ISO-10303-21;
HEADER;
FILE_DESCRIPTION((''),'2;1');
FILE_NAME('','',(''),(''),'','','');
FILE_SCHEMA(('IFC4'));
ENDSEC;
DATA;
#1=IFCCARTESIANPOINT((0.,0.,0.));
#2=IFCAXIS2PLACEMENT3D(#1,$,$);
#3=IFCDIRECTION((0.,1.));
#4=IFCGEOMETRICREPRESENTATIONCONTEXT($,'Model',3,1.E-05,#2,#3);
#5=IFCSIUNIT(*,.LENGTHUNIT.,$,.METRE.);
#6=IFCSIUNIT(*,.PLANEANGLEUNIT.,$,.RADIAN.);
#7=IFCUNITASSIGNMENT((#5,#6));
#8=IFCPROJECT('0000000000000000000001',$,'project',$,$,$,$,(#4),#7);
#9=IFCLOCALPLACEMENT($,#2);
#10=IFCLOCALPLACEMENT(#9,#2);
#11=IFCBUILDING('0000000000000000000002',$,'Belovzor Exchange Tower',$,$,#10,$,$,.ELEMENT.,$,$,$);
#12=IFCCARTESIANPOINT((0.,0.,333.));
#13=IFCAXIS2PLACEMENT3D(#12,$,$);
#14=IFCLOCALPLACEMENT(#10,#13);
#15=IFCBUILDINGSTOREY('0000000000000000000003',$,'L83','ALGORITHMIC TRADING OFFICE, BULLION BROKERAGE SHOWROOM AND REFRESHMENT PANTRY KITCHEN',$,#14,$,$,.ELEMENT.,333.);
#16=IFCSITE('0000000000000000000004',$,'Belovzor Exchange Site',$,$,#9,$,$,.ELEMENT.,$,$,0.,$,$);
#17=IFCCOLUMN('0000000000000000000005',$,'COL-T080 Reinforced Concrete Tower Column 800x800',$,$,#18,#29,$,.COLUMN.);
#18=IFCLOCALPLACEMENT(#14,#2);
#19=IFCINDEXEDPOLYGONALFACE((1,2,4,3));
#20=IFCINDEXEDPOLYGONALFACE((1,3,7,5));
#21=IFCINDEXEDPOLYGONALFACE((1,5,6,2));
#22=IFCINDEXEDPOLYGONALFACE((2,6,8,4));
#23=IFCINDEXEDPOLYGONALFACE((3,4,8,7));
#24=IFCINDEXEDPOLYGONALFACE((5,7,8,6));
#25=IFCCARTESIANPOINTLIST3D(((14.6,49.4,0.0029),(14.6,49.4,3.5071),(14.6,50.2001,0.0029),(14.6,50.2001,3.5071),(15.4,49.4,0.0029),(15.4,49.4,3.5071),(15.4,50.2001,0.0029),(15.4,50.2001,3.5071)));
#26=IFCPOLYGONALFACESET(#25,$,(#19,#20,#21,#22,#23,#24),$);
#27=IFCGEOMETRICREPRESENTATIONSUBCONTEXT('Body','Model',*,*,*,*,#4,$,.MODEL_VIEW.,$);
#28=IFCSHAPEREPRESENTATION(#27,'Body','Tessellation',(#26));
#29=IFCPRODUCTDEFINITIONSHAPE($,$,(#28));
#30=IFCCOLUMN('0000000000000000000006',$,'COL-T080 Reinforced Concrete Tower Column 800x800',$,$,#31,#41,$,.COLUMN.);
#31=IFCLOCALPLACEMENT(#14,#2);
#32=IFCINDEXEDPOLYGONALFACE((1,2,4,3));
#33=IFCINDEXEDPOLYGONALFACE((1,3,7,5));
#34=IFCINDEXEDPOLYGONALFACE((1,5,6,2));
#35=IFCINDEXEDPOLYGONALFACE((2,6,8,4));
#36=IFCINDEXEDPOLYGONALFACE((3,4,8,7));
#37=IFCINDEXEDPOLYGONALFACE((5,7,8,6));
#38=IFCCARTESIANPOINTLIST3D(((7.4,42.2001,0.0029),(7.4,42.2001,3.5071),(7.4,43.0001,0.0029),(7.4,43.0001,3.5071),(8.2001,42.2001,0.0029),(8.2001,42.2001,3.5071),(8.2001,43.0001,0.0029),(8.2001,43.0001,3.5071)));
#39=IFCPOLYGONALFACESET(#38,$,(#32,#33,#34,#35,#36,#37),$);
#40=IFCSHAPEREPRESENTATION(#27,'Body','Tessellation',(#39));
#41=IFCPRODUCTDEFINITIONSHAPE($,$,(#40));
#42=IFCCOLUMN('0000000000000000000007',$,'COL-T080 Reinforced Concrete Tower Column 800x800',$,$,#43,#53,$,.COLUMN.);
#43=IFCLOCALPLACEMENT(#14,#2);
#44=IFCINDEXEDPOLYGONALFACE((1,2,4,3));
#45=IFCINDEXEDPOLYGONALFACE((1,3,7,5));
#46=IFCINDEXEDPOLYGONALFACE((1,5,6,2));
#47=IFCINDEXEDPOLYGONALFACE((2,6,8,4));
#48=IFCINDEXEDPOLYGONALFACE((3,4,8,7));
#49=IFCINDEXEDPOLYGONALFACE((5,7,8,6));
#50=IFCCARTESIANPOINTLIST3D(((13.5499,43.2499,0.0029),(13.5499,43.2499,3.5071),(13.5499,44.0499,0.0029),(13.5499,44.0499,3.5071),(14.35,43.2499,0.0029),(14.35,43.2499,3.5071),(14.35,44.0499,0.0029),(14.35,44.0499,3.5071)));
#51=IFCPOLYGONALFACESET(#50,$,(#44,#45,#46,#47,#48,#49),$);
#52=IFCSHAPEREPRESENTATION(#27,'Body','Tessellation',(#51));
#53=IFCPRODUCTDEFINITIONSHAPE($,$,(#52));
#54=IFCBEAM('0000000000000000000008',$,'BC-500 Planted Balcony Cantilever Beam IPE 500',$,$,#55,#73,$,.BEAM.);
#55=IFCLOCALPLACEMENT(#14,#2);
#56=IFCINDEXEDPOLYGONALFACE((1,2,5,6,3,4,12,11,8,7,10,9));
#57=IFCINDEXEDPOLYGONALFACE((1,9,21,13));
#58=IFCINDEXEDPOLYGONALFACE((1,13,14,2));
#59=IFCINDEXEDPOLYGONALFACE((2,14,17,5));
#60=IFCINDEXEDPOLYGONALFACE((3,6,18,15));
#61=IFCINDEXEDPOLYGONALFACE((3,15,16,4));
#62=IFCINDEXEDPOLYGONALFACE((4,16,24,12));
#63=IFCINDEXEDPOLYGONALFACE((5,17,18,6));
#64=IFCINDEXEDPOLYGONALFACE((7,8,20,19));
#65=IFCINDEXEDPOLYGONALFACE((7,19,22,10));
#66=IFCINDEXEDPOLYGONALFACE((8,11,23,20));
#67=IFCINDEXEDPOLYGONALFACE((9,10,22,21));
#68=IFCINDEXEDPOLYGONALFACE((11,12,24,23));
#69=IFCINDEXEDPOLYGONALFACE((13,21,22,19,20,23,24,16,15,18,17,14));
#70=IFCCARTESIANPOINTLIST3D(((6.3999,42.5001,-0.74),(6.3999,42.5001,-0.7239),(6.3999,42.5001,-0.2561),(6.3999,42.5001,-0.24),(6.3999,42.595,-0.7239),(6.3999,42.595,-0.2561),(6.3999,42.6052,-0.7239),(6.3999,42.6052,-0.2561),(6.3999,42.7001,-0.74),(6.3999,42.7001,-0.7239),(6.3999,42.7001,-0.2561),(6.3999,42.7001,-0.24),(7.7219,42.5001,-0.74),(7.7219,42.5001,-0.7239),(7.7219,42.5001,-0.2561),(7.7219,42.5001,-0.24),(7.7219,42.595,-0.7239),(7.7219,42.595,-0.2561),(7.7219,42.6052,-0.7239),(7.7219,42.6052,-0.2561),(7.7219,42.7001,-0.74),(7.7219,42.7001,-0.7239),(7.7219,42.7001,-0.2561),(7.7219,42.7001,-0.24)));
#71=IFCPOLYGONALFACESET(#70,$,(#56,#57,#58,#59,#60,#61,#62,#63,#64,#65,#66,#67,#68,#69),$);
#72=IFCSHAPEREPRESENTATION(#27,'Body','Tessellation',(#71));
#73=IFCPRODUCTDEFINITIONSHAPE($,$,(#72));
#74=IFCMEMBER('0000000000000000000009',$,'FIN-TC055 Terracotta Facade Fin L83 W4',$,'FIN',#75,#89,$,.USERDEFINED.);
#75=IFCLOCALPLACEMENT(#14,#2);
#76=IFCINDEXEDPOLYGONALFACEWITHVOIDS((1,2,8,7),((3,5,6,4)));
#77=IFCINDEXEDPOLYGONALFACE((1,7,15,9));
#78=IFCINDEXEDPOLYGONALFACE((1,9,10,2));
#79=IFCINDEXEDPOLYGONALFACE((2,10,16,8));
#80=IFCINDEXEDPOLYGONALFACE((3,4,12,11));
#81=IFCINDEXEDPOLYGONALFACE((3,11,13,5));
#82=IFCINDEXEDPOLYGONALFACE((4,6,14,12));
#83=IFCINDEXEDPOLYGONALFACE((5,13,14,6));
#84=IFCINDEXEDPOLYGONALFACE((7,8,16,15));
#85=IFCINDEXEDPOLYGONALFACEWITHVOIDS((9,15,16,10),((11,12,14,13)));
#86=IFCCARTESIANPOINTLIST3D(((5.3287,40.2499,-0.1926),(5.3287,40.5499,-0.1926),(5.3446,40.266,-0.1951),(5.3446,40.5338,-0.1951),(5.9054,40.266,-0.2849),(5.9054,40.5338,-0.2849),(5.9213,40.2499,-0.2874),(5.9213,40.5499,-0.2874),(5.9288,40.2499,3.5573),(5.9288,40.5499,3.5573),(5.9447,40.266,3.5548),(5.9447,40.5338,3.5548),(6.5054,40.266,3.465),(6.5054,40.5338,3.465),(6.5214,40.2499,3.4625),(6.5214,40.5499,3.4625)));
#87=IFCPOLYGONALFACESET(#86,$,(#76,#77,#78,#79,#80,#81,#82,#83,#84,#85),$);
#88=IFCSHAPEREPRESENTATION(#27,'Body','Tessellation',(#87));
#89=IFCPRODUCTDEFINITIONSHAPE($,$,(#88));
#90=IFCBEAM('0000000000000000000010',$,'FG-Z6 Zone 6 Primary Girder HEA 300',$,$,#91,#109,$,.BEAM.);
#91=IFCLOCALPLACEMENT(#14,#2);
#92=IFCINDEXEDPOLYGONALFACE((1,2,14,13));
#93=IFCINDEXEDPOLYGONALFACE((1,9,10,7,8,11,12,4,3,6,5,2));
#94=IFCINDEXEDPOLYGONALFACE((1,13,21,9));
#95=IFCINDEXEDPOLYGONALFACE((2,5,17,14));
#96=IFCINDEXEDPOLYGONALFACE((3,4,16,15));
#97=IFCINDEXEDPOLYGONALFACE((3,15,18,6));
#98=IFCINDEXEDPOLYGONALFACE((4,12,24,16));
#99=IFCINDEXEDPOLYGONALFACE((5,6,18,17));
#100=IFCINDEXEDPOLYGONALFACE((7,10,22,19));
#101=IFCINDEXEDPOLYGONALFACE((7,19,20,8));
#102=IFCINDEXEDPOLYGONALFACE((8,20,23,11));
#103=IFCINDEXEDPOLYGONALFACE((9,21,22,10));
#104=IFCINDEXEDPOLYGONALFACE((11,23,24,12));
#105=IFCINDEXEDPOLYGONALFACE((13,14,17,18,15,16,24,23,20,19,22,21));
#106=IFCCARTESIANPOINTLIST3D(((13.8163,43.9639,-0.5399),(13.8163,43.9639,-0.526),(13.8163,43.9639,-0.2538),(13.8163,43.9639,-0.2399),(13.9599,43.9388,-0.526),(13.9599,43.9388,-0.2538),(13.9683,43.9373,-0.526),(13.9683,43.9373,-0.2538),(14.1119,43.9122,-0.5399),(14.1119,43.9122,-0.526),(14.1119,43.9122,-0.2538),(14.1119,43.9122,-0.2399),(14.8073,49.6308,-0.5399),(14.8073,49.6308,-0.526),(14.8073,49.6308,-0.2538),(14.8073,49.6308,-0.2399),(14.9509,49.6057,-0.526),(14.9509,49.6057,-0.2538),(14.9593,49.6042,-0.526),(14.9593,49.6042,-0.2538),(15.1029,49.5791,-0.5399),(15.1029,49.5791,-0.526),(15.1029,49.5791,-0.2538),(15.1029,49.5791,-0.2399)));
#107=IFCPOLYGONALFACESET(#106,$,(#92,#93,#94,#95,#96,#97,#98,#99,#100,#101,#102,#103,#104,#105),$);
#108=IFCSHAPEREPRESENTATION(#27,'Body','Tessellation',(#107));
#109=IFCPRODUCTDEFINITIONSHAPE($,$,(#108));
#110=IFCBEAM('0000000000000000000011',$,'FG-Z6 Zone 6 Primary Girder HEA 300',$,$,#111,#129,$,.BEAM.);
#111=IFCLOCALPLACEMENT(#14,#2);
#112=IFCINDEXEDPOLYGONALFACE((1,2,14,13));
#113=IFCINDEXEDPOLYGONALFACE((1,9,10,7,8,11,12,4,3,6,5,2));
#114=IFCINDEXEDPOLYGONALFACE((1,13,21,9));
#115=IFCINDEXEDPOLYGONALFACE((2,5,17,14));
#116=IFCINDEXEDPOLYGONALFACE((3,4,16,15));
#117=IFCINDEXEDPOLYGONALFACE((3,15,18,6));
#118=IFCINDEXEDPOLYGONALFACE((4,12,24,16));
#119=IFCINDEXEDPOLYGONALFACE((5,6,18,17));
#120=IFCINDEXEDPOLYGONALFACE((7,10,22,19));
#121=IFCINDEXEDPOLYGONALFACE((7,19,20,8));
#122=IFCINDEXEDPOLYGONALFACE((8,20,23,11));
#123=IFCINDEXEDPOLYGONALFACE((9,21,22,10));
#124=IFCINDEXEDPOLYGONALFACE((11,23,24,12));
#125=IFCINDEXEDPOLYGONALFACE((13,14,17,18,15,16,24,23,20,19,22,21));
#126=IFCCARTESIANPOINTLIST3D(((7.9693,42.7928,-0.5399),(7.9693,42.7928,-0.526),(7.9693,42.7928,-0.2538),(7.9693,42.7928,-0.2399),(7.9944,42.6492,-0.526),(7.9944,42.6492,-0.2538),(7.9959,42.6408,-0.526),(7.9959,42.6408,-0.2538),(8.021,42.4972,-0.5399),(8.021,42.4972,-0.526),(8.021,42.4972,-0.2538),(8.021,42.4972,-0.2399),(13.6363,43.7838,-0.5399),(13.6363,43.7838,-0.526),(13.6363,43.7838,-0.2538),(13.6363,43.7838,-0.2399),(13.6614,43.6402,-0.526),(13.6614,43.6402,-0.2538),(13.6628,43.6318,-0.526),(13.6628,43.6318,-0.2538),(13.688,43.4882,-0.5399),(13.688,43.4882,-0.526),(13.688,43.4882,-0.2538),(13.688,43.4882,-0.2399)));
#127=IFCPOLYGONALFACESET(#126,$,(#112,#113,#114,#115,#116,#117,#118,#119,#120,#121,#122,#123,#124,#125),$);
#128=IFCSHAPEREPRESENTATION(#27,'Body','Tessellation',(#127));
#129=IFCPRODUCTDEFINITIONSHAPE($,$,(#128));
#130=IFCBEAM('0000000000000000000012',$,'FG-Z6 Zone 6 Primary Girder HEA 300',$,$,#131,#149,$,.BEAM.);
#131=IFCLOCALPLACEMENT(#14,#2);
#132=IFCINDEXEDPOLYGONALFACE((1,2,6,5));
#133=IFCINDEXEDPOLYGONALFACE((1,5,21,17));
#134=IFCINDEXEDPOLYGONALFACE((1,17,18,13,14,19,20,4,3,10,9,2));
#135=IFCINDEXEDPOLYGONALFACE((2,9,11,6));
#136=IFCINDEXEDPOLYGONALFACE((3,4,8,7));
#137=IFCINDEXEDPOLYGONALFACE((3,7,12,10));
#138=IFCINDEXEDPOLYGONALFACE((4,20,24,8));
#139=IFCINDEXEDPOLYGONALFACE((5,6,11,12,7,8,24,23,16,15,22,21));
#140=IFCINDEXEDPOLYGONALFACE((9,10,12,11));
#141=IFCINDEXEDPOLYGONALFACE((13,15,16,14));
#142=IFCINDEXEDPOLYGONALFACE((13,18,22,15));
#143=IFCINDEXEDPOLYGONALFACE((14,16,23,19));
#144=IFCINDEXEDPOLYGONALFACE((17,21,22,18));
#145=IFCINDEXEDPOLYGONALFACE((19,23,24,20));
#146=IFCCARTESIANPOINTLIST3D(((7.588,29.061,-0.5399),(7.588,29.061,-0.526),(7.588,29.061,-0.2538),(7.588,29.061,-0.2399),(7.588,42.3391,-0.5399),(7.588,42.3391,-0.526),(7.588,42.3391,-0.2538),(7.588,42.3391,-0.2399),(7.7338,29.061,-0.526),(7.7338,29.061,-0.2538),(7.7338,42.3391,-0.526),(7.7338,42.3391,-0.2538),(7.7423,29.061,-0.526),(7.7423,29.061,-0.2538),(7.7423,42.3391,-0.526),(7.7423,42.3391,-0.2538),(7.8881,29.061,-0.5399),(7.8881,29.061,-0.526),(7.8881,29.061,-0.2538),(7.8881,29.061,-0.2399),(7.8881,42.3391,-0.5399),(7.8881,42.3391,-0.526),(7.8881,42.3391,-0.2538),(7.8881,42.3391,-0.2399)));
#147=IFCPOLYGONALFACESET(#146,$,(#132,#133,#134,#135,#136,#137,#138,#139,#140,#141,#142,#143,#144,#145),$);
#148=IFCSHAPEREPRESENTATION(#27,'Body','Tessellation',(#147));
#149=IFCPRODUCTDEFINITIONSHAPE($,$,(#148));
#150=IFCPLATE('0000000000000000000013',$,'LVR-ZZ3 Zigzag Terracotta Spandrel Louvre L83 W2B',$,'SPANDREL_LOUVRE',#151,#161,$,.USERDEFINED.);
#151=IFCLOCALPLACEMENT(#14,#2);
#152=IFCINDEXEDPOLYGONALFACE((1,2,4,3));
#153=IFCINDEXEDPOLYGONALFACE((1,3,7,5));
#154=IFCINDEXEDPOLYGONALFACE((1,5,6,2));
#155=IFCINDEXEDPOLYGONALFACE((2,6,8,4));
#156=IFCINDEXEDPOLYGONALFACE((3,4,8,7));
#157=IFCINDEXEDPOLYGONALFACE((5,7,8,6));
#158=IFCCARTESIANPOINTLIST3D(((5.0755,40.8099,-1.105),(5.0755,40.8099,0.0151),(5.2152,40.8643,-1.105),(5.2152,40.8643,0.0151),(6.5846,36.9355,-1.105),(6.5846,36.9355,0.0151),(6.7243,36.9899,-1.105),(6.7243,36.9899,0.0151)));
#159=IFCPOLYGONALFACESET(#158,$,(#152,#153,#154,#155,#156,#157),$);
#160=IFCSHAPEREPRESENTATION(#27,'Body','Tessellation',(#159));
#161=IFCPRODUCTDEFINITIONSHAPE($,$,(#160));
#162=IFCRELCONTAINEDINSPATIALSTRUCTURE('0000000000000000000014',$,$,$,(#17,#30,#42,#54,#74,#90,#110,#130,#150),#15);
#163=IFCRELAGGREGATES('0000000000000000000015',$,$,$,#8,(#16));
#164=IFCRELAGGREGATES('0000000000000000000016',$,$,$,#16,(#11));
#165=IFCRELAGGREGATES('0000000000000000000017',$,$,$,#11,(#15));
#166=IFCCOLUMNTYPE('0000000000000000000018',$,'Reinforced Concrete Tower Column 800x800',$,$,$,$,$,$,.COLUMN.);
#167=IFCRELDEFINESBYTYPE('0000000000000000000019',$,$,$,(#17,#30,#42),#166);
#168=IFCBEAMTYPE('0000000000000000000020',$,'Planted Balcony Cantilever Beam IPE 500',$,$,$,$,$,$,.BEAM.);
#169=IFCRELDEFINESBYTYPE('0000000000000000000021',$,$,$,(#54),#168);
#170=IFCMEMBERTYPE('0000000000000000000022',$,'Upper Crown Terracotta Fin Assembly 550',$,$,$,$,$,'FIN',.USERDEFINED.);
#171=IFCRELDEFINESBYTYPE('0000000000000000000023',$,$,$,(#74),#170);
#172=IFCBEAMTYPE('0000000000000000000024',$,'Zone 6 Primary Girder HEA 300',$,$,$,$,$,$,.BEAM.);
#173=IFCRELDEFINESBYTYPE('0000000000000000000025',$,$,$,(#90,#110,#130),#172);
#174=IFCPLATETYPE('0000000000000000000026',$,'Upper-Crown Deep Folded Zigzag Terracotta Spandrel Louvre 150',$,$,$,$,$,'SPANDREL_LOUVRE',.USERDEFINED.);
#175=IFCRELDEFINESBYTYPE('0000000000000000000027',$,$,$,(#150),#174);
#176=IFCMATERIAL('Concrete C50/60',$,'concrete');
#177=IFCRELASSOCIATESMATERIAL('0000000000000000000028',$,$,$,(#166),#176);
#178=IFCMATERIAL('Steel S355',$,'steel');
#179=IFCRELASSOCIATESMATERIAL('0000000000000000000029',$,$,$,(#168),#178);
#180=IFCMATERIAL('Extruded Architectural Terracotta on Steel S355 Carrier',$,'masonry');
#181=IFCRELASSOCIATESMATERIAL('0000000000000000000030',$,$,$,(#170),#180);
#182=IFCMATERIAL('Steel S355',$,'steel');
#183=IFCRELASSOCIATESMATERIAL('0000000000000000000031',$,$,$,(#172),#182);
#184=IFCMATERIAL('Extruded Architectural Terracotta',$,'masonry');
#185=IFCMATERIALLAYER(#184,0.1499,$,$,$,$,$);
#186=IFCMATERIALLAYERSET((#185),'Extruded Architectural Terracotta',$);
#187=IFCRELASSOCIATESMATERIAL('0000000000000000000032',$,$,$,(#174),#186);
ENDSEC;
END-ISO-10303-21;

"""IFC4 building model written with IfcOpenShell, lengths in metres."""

from ifc_helpers import new_model, si_unit, direction, frame, origin, origin_2d, place, context, subcontext, project, spatial, rectangle, hollow_rectangle, i_section, extrude, material, layer, layer_set, material_profile, profile_set, type_object, element, save


model = new_model("IFC4")

# Units and contexts
model_context = context("Model", 3, precision=1e-05, world=origin(), true_north=direction((0.0, 1.0)))
body_context = subcontext(model_context, "Body", "Model", "MODEL_VIEW")
ifc_project = project(units=[si_unit("LENGTHUNIT", "METRE"), si_unit("PLANEANGLEUNIT", "RADIAN")], contexts=[model_context])

# Site, building, storey
site_placement = place(None, origin())
site = spatial("IfcSite", under=ifc_project, at=site_placement, Name="Belovzor Exchange Site", CompositionType="ELEMENT", RefElevation=0.0)
building_placement = place(site_placement, origin())
building = spatial("IfcBuilding", under=site, at=building_placement, Name="Belovzor Exchange Tower", CompositionType="ELEMENT")
storey_placement = place(building_placement, frame((0.0, 0.0, 333.0)))
storey = spatial("IfcBuildingStorey", under=building, at=storey_placement, Name="L83", Description="ALGORITHMIC TRADING OFFICE, BULLION BROKERAGE SHOWROOM AND REFRESHMENT PANTRY KITCHEN", CompositionType="ELEMENT", Elevation=333.0)

# Columns
ifc_material_1 = material(Name="Concrete C50/60", Category="concrete")
ifc_material_profile_1 = material_profile(ifc_material_1, rectangle(XDim=0.8, YDim=0.8, at=origin_2d()))
ifc_profile_set_1 = profile_set([ifc_material_profile_1], Name="Concrete C50/60")
column_type = type_object("IfcColumnType", Name="Reinforced Concrete Tower Column 800x800", PredefinedType="COLUMN", material=ifc_profile_set_1)
for number, where, z_axis, x_axis, name in (
    (1, (15.0, 49.8, 0.0029), (0.0, 0.0, 1.0), (1.0, 0.0, 0.0), "COL-T080 Reinforced Concrete Tower Column 800x800"),
    (2, (7.8, 42.6001, 0.0029), (0.0, 0.0, 1.0), (1.0, 0.0, 0.0), "COL-T080 Reinforced Concrete Tower Column 800x800"),
    (3, (13.95, 43.6499, 0.0029), (0.0, 0.0, 1.0), (1.0, 0.0, 0.0), "COL-T080 Reinforced Concrete Tower Column 800x800"),
):
    element("IfcColumn", number, at=place(storey_placement, frame(where, z_axis=z_axis, x_axis=x_axis)), inside=storey, type_object=column_type, Name=name, PredefinedType="COLUMN", context=body_context, shape_type="SweptSolid", body=[
        extrude(rectangle(XDim=0.8, YDim=0.8, at=origin_2d()), origin(), (0.0, 0.0, 1.0), 3.5042),
    ])

# Beam
ifc_material_2 = material(Name="Steel S355", Category="steel")
ifc_material_profile_2 = material_profile(ifc_material_2, i_section(OverallWidth=0.2, OverallDepth=0.5, WebThickness=0.0103, FlangeThickness=0.0161, at=origin_2d()))
ifc_profile_set_2 = profile_set([ifc_material_profile_2], Name="Steel S355")
beam_type_1 = type_object("IfcBeamType", Name="Planted Balcony Cantilever Beam IPE 500", PredefinedType="BEAM", material=ifc_profile_set_2)
beam_1_placement = place(storey_placement, frame((7.7219, 42.6001, -0.49), z_axis=(-1.0, 0.0, 0.0), x_axis=(0.0, -1.0, 0.0)))
element("IfcBeam", 4, at=beam_1_placement, inside=storey, type_object=beam_type_1, Name="BC-500 Planted Balcony Cantilever Beam IPE 500", PredefinedType="BEAM", context=body_context, shape_type="SweptSolid", body=[
    extrude(i_section(OverallWidth=0.2, OverallDepth=0.5, WebThickness=0.0103, FlangeThickness=0.0161, at=origin_2d()), origin(), (0.0, 0.0, 1.0), 1.322),
])

# Member
ifc_material_3 = material(Name="Extruded Architectural Terracotta on Steel S355 Carrier", Category="masonry")
ifc_material_profile_3 = material_profile(ifc_material_3, hollow_rectangle(XDim=0.3, YDim=0.6001, WallThickness=0.0161, at=origin_2d()))
ifc_profile_set_3 = profile_set([ifc_material_profile_3], Name="Extruded Architectural Terracotta on Steel S355 Carrier")
member_type = type_object("IfcMemberType", Name="Upper Crown Terracotta Fin Assembly 550", ElementType="FIN", PredefinedType="USERDEFINED", material=ifc_profile_set_3)
member_placement = place(storey_placement, frame((5.625, 40.3999, -0.24), z_axis=(0.158016, 0.0, 0.987437), x_axis=(0.0, 1.0, 0.0)))
element("IfcMember", 5, at=member_placement, inside=storey, type_object=member_type, Name="FIN-TC055 Terracotta Facade Fin L83 W4", ObjectType="FIN", PredefinedType="USERDEFINED", context=body_context, shape_type="SweptSolid", body=[
    extrude(hollow_rectangle(XDim=0.3, YDim=0.6001, WallThickness=0.0161, at=origin_2d()), origin(), (0.0, 0.0, 1.0), 3.7976),
])

# Beams
ifc_material_4 = material(Name="Steel S355", Category="steel")
ifc_material_profile_4 = material_profile(ifc_material_4, i_section(OverallWidth=0.3, OverallDepth=0.3, WebThickness=0.0085, FlangeThickness=0.0139, at=origin_2d()))
ifc_profile_set_4 = profile_set([ifc_material_profile_4], Name="Steel S355")
beam_type_2 = type_object("IfcBeamType", Name="Zone 6 Primary Girder HEA 300", PredefinedType="BEAM", material=ifc_profile_set_4)
for number, where, z_axis, x_axis, name in (
    (6, (14.9551, 49.605, -0.3899), (-0.172253, -0.985053, 0.0), (0.985053, -0.172253, 0.0), "FG-Z6 Zone 6 Primary Girder HEA 300"),
    (7, (13.6621, 43.636, -0.3899), (-0.985053, -0.172253, 0.0), (0.172253, -0.985053, 0.0), "FG-Z6 Zone 6 Primary Girder HEA 300"),
):
    element("IfcBeam", number, at=place(storey_placement, frame(where, z_axis=z_axis, x_axis=x_axis)), inside=storey, type_object=beam_type_2, Name=name, PredefinedType="BEAM", context=body_context, shape_type="SweptSolid", body=[
        extrude(i_section(OverallWidth=0.3, OverallDepth=0.3, WebThickness=0.0085, FlangeThickness=0.0139, at=origin_2d()), origin(), (0.0, 0.0, 1.0), 5.7529),
    ])
beam_2_placement = place(storey_placement, frame((7.738, 42.3391, -0.3899), z_axis=(0.0, -1.0, 0.0), x_axis=(1.0, 0.0, 0.0)))
element("IfcBeam", 8, at=beam_2_placement, inside=storey, type_object=beam_type_2, Name="FG-Z6 Zone 6 Primary Girder HEA 300", PredefinedType="BEAM", context=body_context, shape_type="SweptSolid", body=[
    extrude(i_section(OverallWidth=0.3, OverallDepth=0.3, WebThickness=0.0085, FlangeThickness=0.0139, at=origin_2d()), origin(), (0.0, 0.0, 1.0), 13.2781),
])

# Plate
ifc_material_5 = material(Name="Extruded Architectural Terracotta", Category="masonry")
ifc_layer_1 = layer(ifc_material_5, 0.1499)
ifc_layer_set_1 = layer_set([ifc_layer_1], Name="Extruded Architectural Terracotta")
plate_type = type_object("IfcPlateType", Name="Upper-Crown Deep Folded Zigzag Terracotta Spandrel Louvre 150", ElementType="SPANDREL_LOUVRE", PredefinedType="USERDEFINED", material=ifc_layer_set_1)
plate_placement = place(storey_placement, frame((5.8999, 38.8999, -1.105), z_axis=(0.0, 0.0, 1.0), x_axis=(-0.362926, 0.931818, 0.0)))
element("IfcPlate", 9, at=plate_placement, inside=storey, type_object=plate_type, Name="LVR-ZZ3 Zigzag Terracotta Spandrel Louvre L83 W2B", ObjectType="SPANDREL_LOUVRE", PredefinedType="USERDEFINED", context=body_context, shape_type="SweptSolid", body=[
    extrude(rectangle(XDim=4.158, YDim=0.1499, at=origin_2d()), origin(), (0.0, 0.0, 1.0), 1.1201),
])

save(model, "model.ifc")
